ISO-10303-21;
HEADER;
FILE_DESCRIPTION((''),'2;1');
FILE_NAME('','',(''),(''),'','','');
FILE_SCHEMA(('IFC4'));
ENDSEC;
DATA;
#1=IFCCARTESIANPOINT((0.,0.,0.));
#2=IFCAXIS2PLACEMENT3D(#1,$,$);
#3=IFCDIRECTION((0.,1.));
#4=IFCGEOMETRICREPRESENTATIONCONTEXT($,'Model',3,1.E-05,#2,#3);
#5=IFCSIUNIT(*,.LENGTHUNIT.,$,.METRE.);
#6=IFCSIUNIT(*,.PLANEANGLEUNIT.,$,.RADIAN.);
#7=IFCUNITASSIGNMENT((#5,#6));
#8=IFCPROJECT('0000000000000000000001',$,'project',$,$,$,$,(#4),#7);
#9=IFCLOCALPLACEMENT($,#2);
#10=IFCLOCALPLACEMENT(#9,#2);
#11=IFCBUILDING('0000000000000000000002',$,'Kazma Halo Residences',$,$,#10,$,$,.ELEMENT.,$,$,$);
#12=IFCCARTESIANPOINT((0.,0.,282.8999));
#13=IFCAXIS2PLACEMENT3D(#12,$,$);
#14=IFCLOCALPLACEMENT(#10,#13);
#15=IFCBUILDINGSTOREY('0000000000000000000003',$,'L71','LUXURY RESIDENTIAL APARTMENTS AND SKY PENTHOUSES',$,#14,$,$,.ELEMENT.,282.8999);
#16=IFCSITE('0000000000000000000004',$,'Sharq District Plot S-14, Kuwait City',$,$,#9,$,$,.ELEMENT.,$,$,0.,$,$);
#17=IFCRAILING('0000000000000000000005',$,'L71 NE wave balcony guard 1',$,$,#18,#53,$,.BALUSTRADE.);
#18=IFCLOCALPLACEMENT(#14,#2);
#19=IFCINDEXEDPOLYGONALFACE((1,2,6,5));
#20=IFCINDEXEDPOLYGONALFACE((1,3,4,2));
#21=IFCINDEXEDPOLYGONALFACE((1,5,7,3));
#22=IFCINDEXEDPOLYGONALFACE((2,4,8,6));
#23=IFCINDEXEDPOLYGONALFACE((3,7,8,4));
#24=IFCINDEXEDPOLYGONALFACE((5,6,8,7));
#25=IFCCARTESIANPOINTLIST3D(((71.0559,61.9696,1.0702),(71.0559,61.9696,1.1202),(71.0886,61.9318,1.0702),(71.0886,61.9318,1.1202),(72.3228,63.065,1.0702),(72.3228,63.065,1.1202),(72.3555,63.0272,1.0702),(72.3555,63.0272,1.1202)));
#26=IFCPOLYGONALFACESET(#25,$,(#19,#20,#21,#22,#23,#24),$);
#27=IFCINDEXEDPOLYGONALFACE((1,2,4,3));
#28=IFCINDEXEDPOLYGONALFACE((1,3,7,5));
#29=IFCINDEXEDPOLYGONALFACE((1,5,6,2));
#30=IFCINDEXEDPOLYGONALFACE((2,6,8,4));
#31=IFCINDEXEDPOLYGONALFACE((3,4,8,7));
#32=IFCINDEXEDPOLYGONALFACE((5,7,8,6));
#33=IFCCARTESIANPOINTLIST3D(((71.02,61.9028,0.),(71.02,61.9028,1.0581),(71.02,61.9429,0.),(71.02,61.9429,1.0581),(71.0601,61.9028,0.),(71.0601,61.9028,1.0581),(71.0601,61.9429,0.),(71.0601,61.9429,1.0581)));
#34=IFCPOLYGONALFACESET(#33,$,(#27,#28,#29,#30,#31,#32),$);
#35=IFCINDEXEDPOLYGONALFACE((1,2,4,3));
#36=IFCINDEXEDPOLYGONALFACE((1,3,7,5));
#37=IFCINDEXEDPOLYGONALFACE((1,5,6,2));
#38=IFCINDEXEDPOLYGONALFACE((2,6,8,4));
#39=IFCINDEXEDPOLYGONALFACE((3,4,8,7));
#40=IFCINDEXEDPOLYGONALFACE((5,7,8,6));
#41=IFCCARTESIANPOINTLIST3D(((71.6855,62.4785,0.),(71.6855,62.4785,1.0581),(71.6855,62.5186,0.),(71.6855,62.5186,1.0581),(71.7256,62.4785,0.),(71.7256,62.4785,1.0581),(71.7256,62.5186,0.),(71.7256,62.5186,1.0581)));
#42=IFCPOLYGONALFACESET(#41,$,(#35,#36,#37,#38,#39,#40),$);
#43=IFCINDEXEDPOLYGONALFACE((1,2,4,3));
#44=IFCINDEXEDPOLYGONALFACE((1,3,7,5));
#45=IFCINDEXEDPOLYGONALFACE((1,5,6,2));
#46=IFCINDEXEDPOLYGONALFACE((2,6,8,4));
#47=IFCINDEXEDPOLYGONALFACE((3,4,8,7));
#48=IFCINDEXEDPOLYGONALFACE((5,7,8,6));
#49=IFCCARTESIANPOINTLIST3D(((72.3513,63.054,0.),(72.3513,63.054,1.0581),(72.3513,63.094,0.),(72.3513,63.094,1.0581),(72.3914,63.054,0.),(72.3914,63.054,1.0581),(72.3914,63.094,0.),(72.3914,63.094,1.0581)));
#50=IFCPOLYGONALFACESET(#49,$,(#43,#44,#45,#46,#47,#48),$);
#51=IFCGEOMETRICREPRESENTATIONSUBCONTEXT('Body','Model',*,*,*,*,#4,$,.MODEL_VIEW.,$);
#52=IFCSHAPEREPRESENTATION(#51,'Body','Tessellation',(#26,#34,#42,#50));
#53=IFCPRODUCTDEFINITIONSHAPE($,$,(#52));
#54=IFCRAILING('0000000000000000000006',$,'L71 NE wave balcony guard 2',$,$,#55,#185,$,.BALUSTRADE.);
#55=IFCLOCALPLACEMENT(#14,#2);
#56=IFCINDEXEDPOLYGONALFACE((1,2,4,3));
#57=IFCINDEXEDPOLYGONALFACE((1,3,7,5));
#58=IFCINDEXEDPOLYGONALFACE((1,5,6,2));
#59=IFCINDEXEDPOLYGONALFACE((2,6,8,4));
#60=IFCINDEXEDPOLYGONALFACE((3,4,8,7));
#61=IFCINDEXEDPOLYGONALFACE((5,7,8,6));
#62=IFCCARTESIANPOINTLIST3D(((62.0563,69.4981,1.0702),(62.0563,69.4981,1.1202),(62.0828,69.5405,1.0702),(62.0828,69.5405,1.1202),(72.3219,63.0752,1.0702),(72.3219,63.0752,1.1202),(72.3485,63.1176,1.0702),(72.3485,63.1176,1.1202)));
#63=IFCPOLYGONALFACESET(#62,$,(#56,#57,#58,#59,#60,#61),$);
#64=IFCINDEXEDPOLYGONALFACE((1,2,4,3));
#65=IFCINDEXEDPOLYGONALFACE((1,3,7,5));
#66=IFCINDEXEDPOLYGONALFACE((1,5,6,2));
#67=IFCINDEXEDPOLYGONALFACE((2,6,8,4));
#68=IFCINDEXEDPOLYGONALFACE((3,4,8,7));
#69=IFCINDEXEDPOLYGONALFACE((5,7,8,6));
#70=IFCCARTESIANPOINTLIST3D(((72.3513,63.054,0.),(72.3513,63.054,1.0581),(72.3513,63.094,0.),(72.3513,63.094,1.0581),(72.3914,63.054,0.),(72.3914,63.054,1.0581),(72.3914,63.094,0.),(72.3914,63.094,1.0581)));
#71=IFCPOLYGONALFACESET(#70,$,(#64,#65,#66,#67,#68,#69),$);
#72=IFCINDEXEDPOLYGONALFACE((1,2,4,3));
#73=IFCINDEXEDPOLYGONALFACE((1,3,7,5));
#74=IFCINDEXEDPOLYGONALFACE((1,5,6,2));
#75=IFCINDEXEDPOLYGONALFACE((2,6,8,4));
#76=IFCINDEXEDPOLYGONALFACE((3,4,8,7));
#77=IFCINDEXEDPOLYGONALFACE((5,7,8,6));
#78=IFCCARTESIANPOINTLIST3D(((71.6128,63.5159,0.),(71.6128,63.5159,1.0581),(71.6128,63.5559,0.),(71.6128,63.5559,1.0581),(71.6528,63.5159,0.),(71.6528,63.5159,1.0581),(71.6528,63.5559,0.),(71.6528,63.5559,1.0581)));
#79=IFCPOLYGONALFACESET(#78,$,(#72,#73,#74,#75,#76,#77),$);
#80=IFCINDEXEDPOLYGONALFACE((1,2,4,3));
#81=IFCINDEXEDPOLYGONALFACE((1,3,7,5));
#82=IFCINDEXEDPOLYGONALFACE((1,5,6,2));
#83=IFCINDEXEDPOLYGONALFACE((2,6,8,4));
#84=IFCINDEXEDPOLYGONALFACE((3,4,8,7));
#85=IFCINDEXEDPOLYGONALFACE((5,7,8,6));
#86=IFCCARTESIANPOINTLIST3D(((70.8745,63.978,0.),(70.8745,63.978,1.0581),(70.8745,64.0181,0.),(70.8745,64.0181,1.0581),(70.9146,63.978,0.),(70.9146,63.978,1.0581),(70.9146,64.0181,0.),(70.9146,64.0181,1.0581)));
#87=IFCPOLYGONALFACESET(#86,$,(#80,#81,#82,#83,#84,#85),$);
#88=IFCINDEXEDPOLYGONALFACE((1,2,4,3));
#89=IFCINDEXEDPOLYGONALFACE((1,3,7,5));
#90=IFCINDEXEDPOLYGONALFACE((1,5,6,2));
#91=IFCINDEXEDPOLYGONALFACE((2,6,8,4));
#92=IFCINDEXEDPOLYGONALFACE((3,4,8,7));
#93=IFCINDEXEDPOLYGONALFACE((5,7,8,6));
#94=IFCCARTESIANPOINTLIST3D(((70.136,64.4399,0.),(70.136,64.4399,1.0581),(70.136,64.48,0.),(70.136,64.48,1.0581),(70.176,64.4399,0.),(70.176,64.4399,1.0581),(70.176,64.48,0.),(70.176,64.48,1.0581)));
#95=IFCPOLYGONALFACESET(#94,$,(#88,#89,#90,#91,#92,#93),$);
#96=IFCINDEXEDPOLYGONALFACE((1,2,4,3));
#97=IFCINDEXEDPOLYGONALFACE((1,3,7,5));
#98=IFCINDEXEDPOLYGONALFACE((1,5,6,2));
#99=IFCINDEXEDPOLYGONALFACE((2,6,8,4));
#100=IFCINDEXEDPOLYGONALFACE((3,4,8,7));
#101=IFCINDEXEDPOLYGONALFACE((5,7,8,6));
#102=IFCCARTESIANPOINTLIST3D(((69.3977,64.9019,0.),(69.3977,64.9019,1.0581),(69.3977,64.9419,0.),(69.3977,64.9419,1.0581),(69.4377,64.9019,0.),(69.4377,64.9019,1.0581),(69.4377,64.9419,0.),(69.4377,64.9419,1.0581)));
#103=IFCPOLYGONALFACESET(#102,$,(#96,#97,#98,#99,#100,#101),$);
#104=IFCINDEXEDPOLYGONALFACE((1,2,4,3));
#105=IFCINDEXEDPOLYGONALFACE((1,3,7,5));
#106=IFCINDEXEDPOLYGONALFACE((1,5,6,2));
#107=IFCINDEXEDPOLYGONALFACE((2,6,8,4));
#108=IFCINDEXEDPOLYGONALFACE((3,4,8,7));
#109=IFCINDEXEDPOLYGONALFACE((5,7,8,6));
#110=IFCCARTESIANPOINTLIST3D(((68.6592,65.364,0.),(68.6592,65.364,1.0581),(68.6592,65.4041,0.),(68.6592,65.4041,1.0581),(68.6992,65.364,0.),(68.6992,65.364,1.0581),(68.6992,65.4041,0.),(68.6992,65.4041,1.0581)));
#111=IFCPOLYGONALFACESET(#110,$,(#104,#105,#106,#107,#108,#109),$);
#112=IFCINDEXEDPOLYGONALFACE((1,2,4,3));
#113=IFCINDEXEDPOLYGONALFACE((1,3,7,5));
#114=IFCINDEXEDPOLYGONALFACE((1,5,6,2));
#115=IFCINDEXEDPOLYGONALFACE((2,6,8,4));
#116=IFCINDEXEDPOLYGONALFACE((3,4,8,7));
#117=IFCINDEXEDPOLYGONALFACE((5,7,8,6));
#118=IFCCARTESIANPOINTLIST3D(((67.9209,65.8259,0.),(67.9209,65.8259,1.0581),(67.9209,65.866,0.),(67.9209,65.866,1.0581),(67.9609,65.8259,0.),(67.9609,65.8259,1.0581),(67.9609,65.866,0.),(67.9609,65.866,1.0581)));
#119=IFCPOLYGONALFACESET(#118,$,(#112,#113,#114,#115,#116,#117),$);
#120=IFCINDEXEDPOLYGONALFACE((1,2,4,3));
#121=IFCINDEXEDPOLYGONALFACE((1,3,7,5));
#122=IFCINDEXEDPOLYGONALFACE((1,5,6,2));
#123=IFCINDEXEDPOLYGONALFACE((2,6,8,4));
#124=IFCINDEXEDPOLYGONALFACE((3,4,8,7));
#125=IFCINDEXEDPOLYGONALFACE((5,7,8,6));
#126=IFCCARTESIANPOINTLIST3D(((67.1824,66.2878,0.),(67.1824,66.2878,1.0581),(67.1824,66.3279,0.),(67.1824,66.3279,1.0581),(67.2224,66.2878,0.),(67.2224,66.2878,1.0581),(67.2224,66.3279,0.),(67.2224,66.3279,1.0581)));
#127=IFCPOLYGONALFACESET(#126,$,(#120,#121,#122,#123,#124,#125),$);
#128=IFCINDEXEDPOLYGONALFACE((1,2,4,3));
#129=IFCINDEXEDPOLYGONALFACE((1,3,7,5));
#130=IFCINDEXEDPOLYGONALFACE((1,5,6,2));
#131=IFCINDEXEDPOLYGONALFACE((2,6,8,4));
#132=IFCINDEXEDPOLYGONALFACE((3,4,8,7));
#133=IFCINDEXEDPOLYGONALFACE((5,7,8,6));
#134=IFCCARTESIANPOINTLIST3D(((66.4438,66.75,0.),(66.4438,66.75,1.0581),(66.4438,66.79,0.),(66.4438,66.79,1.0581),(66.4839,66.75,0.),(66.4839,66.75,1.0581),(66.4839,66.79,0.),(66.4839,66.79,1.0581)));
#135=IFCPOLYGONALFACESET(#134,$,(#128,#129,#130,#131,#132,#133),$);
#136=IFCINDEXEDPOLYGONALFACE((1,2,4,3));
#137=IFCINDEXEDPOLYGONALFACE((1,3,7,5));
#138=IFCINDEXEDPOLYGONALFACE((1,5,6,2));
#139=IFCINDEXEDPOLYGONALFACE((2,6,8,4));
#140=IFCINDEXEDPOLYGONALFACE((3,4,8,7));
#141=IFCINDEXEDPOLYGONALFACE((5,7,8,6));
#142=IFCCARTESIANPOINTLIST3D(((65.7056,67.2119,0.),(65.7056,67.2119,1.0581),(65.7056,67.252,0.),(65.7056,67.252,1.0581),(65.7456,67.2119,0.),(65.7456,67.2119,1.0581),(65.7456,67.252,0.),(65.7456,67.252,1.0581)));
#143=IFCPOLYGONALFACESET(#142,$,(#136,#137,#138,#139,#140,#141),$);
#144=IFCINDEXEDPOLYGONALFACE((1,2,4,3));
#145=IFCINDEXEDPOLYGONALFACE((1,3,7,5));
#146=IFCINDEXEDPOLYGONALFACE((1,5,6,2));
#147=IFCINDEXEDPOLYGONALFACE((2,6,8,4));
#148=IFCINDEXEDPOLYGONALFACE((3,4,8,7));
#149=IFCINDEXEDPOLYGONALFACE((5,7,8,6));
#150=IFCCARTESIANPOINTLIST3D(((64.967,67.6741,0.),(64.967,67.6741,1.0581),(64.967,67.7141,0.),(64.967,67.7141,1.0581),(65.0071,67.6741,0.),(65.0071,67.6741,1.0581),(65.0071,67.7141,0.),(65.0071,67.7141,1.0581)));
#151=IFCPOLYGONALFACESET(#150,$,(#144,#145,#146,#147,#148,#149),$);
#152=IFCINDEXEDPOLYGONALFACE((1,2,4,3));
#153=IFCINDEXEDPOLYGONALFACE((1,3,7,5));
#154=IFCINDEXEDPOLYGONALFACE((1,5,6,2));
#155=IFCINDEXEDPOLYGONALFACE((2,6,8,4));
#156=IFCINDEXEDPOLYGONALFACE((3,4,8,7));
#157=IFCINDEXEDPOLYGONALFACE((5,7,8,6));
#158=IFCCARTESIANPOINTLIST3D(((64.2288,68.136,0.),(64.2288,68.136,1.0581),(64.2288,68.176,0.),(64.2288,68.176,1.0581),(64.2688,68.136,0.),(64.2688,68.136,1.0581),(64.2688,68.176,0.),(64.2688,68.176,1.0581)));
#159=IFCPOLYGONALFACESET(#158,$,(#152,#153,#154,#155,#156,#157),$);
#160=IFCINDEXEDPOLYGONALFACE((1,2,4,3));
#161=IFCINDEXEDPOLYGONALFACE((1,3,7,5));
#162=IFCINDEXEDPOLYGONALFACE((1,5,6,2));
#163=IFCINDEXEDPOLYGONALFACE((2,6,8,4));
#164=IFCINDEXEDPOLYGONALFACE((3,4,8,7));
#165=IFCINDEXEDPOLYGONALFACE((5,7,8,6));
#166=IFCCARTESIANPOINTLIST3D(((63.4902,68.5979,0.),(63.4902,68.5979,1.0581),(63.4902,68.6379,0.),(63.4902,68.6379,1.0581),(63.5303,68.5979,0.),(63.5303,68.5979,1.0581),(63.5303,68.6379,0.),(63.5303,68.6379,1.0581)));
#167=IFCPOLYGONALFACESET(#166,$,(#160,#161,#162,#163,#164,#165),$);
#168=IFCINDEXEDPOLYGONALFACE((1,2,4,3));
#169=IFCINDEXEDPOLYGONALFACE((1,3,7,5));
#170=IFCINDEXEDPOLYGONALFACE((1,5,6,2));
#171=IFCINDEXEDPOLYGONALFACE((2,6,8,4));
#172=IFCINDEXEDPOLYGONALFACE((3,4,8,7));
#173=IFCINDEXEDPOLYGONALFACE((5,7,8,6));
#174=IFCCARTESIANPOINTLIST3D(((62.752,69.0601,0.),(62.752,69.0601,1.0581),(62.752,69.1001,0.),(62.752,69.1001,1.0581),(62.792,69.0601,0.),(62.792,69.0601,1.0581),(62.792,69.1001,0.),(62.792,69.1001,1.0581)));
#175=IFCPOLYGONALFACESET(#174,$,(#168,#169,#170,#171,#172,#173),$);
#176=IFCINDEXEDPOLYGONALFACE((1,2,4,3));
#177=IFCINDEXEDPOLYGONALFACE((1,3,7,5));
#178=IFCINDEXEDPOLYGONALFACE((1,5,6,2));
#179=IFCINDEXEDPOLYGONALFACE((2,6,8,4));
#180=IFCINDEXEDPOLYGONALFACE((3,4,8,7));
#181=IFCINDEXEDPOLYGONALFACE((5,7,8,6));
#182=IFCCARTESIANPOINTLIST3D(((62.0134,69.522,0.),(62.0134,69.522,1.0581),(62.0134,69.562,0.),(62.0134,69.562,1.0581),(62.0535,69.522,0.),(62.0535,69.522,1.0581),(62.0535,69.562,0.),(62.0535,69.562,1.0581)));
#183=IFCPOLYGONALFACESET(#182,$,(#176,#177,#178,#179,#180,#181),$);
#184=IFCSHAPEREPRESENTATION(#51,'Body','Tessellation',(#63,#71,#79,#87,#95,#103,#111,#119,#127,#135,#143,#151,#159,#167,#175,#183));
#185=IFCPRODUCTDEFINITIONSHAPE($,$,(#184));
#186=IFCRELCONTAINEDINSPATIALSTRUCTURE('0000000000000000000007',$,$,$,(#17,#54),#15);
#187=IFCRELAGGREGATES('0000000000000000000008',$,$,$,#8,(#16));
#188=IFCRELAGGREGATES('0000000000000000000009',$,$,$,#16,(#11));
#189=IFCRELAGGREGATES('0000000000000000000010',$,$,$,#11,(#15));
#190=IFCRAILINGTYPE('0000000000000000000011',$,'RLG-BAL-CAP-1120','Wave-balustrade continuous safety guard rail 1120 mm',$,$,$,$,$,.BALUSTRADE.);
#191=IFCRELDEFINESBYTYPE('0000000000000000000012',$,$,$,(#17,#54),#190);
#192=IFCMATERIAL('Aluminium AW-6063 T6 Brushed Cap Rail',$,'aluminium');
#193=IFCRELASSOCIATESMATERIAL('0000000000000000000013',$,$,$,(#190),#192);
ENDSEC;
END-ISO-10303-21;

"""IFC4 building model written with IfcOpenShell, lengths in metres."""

from ifc_helpers import new_model, si_unit, direction, frame, origin, origin_2d, place, context, subcontext, project, spatial, rectangle, extrude, material, type_object, element, save


model = new_model("IFC4")

# Units and contexts
model_context = context("Model", 3, precision=1e-05, world=origin(), true_north=direction((0.0, 1.0)))
body_context = subcontext(model_context, "Body", "Model", "MODEL_VIEW")
ifc_project = project(units=[si_unit("LENGTHUNIT", "METRE"), si_unit("PLANEANGLEUNIT", "RADIAN")], contexts=[model_context])

# Site, building, storey
site_placement = place(None, origin())
site = spatial("IfcSite", under=ifc_project, at=site_placement, Name="Sharq District Plot S-14, Kuwait City", CompositionType="ELEMENT", RefElevation=0.0)
building_placement = place(site_placement, origin())
building = spatial("IfcBuilding", under=site, at=building_placement, Name="Kazma Halo Residences", CompositionType="ELEMENT")
storey_placement = place(building_placement, frame((0.0, 0.0, 282.8999)))
storey = spatial("IfcBuildingStorey", under=building, at=storey_placement, Name="L71", Description="LUXURY RESIDENTIAL APARTMENTS AND SKY PENTHOUSES", CompositionType="ELEMENT", Elevation=282.8999)

# Railings
ifc_material_1 = material(Name="Aluminium AW-6063 T6 Brushed Cap Rail", Category="aluminium")
railing_type = type_object("IfcRailingType", Name="RLG-BAL-CAP-1120", Description="Wave-balustrade continuous safety guard rail 1120 mm", PredefinedType="BALUSTRADE", material=ifc_material_1)
railing_1_placement = place(storey_placement, frame((71.04, 61.9229, 0.0)))
element("IfcRailing", 1, at=railing_1_placement, inside=storey, type_object=railing_type, Name="L71 NE wave balcony guard 1", PredefinedType="BALUSTRADE", context=body_context, shape_type="SweptSolid", body=[
    extrude(rectangle(XDim=0.05, YDim=0.05, at=origin_2d()), frame((0.0322, 0.0278, 1.0952), z_axis=(0.756439, 0.654064, 0.0), x_axis=(-0.654064, 0.756439, 0.0)), (0.0, 0.0, 1.0), 1.6748),
    extrude(rectangle(XDim=0.04, YDim=0.04, at=origin_2d()), origin(), (0.0, 0.0, 1.0), 1.0581),
    extrude(rectangle(XDim=0.04, YDim=0.04, at=origin_2d()), frame((0.6655, 0.5757, 0.0)), (0.0, 0.0, 1.0), 1.0581),
    extrude(rectangle(XDim=0.04, YDim=0.04, at=origin_2d()), frame((1.3313, 1.1511, 0.0)), (0.0, 0.0, 1.0), 1.0581),
])
railing_2_placement = place(storey_placement, frame((72.3713, 63.074, 0.0)))
element("IfcRailing", 2, at=railing_2_placement, inside=storey, type_object=railing_type, Name="L71 NE wave balcony guard 2", PredefinedType="BALUSTRADE", context=body_context, shape_type="SweptSolid", body=[
    extrude(rectangle(XDim=0.05, YDim=0.05, at=origin_2d()), frame((-0.0361, 0.0225, 1.0952), z_axis=(-0.847746, 0.530402, 0.0), x_axis=(-0.530402, -0.847746, 0.0)), (0.0, 0.0, 1.0), 12.1094),
    extrude(rectangle(XDim=0.04, YDim=0.04, at=origin_2d()), origin(), (0.0, 0.0, 1.0), 1.0581),
    extrude(rectangle(XDim=0.04, YDim=0.04, at=origin_2d()), frame((-0.7385, 0.4619, 0.0)), (0.0, 0.0, 1.0), 1.0581),
    extrude(rectangle(XDim=0.04, YDim=0.04, at=origin_2d()), frame((-1.4768, 0.9241, 0.0)), (0.0, 0.0, 1.0), 1.0581),
    extrude(rectangle(XDim=0.04, YDim=0.04, at=origin_2d()), frame((-2.2153, 1.386, 0.0)), (0.0, 0.0, 1.0), 1.0581),
    extrude(rectangle(XDim=0.04, YDim=0.04, at=origin_2d()), frame((-2.9536, 1.8479, 0.0)), (0.0, 0.0, 1.0), 1.0581),
    extrude(rectangle(XDim=0.04, YDim=0.04, at=origin_2d()), frame((-3.6921, 2.3101, 0.0)), (0.0, 0.0, 1.0), 1.0581),
    extrude(rectangle(XDim=0.04, YDim=0.04, at=origin_2d()), frame((-4.4304, 2.772, 0.0)), (0.0, 0.0, 1.0), 1.0581),
    extrude(rectangle(XDim=0.04, YDim=0.04, at=origin_2d()), frame((-5.1689, 3.2339, 0.0)), (0.0, 0.0, 1.0), 1.0581),
    extrude(rectangle(XDim=0.04, YDim=0.04, at=origin_2d()), frame((-5.9075, 3.696, 0.0)), (0.0, 0.0, 1.0), 1.0581),
    extrude(rectangle(XDim=0.04, YDim=0.04, at=origin_2d()), frame((-6.6458, 4.158, 0.0)), (0.0, 0.0, 1.0), 1.0581),
    extrude(rectangle(XDim=0.04, YDim=0.04, at=origin_2d()), frame((-7.3843, 4.6201, 0.0)), (0.0, 0.0, 1.0), 1.0581),
    extrude(rectangle(XDim=0.04, YDim=0.04, at=origin_2d()), frame((-8.1226, 5.082, 0.0)), (0.0, 0.0, 1.0), 1.0581),
    extrude(rectangle(XDim=0.04, YDim=0.04, at=origin_2d()), frame((-8.8611, 5.5439, 0.0)), (0.0, 0.0, 1.0), 1.0581),
    extrude(rectangle(XDim=0.04, YDim=0.04, at=origin_2d()), frame((-9.5994, 6.0061, 0.0)), (0.0, 0.0, 1.0), 1.0581),
    extrude(rectangle(XDim=0.04, YDim=0.04, at=origin_2d()), frame((-10.3379, 6.468, 0.0)), (0.0, 0.0, 1.0), 1.0581),
])

save(model, "model.ifc")
